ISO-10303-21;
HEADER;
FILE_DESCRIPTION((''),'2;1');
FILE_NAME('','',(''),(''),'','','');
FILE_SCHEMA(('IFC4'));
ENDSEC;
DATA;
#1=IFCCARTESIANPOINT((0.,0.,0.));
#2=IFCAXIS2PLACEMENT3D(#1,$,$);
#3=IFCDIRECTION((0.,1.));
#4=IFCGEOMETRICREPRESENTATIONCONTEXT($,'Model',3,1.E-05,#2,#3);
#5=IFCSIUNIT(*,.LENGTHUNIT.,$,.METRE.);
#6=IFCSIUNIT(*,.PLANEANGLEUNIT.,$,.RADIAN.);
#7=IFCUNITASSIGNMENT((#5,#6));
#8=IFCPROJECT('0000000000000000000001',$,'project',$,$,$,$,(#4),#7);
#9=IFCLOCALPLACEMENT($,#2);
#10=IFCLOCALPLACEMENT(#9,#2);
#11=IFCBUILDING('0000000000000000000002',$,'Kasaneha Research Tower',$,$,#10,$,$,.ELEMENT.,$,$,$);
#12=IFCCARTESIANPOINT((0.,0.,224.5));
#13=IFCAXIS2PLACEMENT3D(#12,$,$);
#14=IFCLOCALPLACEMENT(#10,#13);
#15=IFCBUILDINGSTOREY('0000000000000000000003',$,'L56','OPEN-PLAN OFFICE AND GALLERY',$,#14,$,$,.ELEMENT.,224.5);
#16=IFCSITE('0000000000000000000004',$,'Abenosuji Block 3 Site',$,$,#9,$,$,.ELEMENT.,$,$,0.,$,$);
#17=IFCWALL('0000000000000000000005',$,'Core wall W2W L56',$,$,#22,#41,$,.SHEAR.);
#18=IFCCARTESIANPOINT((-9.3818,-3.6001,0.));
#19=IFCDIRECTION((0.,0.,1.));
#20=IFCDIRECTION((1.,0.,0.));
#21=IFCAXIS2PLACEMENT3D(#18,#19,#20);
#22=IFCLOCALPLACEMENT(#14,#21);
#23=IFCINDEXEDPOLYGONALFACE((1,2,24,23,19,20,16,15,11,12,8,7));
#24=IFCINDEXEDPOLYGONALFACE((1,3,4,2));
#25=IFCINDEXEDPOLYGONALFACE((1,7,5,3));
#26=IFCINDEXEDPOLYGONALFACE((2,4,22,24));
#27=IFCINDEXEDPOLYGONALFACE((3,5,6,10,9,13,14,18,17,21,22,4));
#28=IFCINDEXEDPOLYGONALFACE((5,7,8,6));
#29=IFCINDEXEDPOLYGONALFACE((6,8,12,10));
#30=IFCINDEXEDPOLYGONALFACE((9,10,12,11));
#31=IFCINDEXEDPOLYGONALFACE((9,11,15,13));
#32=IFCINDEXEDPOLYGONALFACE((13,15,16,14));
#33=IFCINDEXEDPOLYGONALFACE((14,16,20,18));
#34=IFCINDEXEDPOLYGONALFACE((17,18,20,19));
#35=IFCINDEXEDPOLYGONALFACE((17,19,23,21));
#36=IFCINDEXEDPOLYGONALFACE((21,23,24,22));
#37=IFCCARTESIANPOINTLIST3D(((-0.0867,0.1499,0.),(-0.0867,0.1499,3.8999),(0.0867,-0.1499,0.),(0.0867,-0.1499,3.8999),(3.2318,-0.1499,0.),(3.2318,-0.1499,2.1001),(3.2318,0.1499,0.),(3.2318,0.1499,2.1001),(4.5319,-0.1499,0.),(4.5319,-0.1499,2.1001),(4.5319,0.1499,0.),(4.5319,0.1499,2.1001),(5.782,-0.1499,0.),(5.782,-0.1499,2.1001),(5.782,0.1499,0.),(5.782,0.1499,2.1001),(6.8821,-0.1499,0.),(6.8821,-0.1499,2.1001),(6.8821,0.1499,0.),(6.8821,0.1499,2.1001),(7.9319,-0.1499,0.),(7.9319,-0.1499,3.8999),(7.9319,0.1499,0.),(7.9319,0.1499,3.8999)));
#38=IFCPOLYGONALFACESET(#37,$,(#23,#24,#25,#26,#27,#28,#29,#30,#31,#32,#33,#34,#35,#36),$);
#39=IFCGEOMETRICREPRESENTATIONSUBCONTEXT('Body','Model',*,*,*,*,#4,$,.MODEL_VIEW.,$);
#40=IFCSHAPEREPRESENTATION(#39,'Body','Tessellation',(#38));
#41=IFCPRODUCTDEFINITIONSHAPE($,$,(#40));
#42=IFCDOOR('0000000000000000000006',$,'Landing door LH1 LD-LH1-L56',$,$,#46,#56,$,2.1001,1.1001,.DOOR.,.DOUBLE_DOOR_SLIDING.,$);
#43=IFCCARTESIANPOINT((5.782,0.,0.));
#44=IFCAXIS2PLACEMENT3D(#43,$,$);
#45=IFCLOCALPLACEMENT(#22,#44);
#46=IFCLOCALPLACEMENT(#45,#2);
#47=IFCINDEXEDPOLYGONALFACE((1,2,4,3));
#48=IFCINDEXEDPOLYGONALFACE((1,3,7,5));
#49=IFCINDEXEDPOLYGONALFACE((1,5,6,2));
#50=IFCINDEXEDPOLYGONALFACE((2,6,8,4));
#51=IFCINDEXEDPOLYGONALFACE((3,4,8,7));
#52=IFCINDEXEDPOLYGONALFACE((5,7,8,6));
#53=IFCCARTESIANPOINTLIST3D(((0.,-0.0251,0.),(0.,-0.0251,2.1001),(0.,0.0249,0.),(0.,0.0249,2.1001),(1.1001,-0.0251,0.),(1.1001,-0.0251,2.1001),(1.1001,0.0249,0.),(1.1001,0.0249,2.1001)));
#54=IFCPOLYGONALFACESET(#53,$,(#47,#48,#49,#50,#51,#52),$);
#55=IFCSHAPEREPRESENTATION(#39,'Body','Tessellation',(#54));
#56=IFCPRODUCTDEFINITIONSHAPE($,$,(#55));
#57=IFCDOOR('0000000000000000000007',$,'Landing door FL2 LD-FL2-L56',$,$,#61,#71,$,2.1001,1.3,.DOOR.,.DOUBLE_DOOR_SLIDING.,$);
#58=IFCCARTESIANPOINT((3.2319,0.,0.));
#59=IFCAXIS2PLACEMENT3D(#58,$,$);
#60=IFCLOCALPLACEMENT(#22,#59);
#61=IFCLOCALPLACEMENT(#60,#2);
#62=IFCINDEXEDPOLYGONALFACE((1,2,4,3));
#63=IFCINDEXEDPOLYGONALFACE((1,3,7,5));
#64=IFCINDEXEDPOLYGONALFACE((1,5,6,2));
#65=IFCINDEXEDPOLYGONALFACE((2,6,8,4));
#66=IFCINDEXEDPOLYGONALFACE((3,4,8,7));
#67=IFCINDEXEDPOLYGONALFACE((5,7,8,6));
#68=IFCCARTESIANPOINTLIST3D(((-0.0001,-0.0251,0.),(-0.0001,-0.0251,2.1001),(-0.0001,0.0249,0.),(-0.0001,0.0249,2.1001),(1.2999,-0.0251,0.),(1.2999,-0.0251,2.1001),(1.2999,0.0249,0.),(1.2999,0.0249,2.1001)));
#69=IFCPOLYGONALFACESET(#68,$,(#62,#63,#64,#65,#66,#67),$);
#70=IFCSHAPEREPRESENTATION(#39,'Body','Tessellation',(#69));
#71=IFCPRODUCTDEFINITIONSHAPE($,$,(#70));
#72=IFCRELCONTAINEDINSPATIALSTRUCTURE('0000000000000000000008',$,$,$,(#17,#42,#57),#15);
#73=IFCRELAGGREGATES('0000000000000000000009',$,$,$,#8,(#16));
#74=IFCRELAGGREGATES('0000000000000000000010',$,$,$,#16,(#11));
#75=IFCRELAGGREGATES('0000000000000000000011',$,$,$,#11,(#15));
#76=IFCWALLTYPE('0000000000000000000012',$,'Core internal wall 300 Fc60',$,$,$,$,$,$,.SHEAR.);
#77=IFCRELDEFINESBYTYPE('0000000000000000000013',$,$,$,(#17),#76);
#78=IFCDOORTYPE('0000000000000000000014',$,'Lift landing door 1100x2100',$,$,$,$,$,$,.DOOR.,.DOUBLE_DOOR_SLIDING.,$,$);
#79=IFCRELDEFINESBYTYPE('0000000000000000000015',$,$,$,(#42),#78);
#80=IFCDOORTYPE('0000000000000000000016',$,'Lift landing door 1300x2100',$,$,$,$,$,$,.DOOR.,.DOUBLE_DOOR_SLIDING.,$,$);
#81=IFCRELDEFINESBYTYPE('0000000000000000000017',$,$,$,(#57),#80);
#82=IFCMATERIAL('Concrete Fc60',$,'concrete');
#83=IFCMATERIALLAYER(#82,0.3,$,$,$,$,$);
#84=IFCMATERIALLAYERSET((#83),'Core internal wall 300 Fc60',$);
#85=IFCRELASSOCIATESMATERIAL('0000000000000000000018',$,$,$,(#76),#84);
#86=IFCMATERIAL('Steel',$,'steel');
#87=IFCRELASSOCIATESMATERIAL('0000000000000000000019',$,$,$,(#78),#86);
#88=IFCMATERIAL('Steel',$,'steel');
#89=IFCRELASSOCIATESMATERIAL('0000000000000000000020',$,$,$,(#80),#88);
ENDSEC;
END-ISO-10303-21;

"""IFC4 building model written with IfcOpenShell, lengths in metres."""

from ifc_helpers import new_model, si_unit, direction, frame, frame_2d, origin, place, context, subcontext, project, spatial, polyline, rectangle, outline, extrude, material, layer, layer_set, type_object, element, fill, save


model = new_model("IFC4")

# Units and contexts
model_context = context("Model", 3, precision=1e-05, world=origin(), true_north=direction((0.0, 1.0)))
body_context = subcontext(model_context, "Body", "Model", "MODEL_VIEW")
ifc_project = project(units=[si_unit("LENGTHUNIT", "METRE"), si_unit("PLANEANGLEUNIT", "RADIAN")], contexts=[model_context])

# Site, building, storey
site_placement = place(None, origin())
site = spatial("IfcSite", under=ifc_project, at=site_placement, Name="Abenosuji Block 3 Site", CompositionType="ELEMENT", RefElevation=0.0)
building_placement = place(site_placement, origin())
building = spatial("IfcBuilding", under=site, at=building_placement, Name="Kasaneha Research Tower", CompositionType="ELEMENT")
storey_placement = place(building_placement, frame((0.0, 0.0, 224.5)))
storey = spatial("IfcBuildingStorey", under=building, at=storey_placement, Name="L56", Description="OPEN-PLAN OFFICE AND GALLERY", CompositionType="ELEMENT", Elevation=224.5)

# Wall, openings, doors
ifc_material_1 = material(Name="Concrete Fc60", Category="concrete")
ifc_layer_1 = layer(ifc_material_1, 0.3)
ifc_layer_set_1 = layer_set([ifc_layer_1], Name="Core internal wall 300 Fc60")
wall_type_1 = type_object("IfcWallType", Name="Core internal wall 300 Fc60", PredefinedType="SHEAR", material=ifc_layer_set_1)
wall_1_placement = place(storey_placement, frame((-9.3818, -3.6001, 0.0), z_axis=(0.0, 0.0, 1.0), x_axis=(1.0, 0.0, 0.0)))
wall_1 = element("IfcWall", 1, at=wall_1_placement, inside=storey, type_object=wall_type_1, Name="Core wall W2W L56", PredefinedType="SHEAR", context=body_context, shape_type="SweptSolid", body=[
    extrude(outline(polyline([(0.0867, -0.1499), (3.2319, -0.1499), (4.532, -0.1499), (5.782, -0.1499), (6.8821, -0.1499), (7.9319, -0.1499), (7.9319, 0.1499), (6.8821, 0.1499), (5.782, 0.1499), (4.532, 0.1499), (3.2319, 0.1499), (-0.0867, 0.1499), (0.0867, -0.1499)])), origin(), (0.0, 0.0, 1.0), 3.8999),
])
opening_1_placement = place(wall_1_placement, frame((5.782, 0.0, 0.0)))
opening_1 = element("IfcOpeningElement", 2, at=opening_1_placement, cuts=wall_1, PredefinedType="OPENING", context=body_context, shape_type="SweptSolid", body=[
    extrude(rectangle(XDim=1.1001, YDim=2.1001, at=frame_2d((0.55, 1.05))), frame((0.0, 0.1602, 0.0), z_axis=(0.0, -1.0, 0.0), x_axis=(1.0, 0.0, 0.0)), (0.0, 0.0, 1.0), 0.3201),
])
opening_2_placement = place(wall_1_placement, frame((3.2319, 0.0, 0.0)))
opening_2 = element("IfcOpeningElement", 3, at=opening_2_placement, cuts=wall_1, PredefinedType="OPENING", context=body_context, shape_type="SweptSolid", body=[
    extrude(rectangle(XDim=1.3, YDim=2.1001, at=frame_2d((0.6499, 1.05))), frame((0.0, 0.1602, 0.0), z_axis=(0.0, -1.0, 0.0), x_axis=(1.0, 0.0, 0.0)), (0.0, 0.0, 1.0), 0.3201),
])
ifc_material_2 = material(Name="Steel", Category="steel")
door_type_1 = type_object("IfcDoorType", Name="Lift landing door 1100x2100", OperationType="DOUBLE_DOOR_SLIDING", PredefinedType="DOOR", material=ifc_material_2)
door_1_placement = place(opening_1_placement, origin())
door_1 = element("IfcDoor", 4, at=door_1_placement, inside=storey, type_object=door_type_1, Name="Landing door LH1 LD-LH1-L56", OperationType="DOUBLE_DOOR_SLIDING", OverallHeight=2.1001, OverallWidth=1.1001, PredefinedType="DOOR", context=body_context, shape_type="SweptSolid", body=[
    extrude(rectangle(XDim=1.1001, YDim=2.1001, at=frame_2d((0.55, 1.05))), frame((0.0, 0.0249, 0.0), z_axis=(0.0, -1.0, 0.0), x_axis=(1.0, 0.0, 0.0)), (0.0, 0.0, 1.0), 0.05),
])
fill(opening_1, door_1)
ifc_material_3 = material(Name="Steel", Category="steel")
door_type_2 = type_object("IfcDoorType", Name="Lift landing door 1300x2100", OperationType="DOUBLE_DOOR_SLIDING", PredefinedType="DOOR", material=ifc_material_3)
door_2_placement = place(opening_2_placement, origin())
door_2 = element("IfcDoor", 5, at=door_2_placement, inside=storey, type_object=door_type_2, Name="Landing door FL2 LD-FL2-L56", OperationType="DOUBLE_DOOR_SLIDING", OverallHeight=2.1001, OverallWidth=1.3, PredefinedType="DOOR", context=body_context, shape_type="SweptSolid", body=[
    extrude(rectangle(XDim=1.3, YDim=2.1001, at=frame_2d((0.6499, 1.05))), frame((0.0, 0.0249, 0.0), z_axis=(0.0, -1.0, 0.0), x_axis=(1.0, 0.0, 0.0)), (0.0, 0.0, 1.0), 0.05),
])
fill(opening_2, door_2)

save(model, "model.ifc")
